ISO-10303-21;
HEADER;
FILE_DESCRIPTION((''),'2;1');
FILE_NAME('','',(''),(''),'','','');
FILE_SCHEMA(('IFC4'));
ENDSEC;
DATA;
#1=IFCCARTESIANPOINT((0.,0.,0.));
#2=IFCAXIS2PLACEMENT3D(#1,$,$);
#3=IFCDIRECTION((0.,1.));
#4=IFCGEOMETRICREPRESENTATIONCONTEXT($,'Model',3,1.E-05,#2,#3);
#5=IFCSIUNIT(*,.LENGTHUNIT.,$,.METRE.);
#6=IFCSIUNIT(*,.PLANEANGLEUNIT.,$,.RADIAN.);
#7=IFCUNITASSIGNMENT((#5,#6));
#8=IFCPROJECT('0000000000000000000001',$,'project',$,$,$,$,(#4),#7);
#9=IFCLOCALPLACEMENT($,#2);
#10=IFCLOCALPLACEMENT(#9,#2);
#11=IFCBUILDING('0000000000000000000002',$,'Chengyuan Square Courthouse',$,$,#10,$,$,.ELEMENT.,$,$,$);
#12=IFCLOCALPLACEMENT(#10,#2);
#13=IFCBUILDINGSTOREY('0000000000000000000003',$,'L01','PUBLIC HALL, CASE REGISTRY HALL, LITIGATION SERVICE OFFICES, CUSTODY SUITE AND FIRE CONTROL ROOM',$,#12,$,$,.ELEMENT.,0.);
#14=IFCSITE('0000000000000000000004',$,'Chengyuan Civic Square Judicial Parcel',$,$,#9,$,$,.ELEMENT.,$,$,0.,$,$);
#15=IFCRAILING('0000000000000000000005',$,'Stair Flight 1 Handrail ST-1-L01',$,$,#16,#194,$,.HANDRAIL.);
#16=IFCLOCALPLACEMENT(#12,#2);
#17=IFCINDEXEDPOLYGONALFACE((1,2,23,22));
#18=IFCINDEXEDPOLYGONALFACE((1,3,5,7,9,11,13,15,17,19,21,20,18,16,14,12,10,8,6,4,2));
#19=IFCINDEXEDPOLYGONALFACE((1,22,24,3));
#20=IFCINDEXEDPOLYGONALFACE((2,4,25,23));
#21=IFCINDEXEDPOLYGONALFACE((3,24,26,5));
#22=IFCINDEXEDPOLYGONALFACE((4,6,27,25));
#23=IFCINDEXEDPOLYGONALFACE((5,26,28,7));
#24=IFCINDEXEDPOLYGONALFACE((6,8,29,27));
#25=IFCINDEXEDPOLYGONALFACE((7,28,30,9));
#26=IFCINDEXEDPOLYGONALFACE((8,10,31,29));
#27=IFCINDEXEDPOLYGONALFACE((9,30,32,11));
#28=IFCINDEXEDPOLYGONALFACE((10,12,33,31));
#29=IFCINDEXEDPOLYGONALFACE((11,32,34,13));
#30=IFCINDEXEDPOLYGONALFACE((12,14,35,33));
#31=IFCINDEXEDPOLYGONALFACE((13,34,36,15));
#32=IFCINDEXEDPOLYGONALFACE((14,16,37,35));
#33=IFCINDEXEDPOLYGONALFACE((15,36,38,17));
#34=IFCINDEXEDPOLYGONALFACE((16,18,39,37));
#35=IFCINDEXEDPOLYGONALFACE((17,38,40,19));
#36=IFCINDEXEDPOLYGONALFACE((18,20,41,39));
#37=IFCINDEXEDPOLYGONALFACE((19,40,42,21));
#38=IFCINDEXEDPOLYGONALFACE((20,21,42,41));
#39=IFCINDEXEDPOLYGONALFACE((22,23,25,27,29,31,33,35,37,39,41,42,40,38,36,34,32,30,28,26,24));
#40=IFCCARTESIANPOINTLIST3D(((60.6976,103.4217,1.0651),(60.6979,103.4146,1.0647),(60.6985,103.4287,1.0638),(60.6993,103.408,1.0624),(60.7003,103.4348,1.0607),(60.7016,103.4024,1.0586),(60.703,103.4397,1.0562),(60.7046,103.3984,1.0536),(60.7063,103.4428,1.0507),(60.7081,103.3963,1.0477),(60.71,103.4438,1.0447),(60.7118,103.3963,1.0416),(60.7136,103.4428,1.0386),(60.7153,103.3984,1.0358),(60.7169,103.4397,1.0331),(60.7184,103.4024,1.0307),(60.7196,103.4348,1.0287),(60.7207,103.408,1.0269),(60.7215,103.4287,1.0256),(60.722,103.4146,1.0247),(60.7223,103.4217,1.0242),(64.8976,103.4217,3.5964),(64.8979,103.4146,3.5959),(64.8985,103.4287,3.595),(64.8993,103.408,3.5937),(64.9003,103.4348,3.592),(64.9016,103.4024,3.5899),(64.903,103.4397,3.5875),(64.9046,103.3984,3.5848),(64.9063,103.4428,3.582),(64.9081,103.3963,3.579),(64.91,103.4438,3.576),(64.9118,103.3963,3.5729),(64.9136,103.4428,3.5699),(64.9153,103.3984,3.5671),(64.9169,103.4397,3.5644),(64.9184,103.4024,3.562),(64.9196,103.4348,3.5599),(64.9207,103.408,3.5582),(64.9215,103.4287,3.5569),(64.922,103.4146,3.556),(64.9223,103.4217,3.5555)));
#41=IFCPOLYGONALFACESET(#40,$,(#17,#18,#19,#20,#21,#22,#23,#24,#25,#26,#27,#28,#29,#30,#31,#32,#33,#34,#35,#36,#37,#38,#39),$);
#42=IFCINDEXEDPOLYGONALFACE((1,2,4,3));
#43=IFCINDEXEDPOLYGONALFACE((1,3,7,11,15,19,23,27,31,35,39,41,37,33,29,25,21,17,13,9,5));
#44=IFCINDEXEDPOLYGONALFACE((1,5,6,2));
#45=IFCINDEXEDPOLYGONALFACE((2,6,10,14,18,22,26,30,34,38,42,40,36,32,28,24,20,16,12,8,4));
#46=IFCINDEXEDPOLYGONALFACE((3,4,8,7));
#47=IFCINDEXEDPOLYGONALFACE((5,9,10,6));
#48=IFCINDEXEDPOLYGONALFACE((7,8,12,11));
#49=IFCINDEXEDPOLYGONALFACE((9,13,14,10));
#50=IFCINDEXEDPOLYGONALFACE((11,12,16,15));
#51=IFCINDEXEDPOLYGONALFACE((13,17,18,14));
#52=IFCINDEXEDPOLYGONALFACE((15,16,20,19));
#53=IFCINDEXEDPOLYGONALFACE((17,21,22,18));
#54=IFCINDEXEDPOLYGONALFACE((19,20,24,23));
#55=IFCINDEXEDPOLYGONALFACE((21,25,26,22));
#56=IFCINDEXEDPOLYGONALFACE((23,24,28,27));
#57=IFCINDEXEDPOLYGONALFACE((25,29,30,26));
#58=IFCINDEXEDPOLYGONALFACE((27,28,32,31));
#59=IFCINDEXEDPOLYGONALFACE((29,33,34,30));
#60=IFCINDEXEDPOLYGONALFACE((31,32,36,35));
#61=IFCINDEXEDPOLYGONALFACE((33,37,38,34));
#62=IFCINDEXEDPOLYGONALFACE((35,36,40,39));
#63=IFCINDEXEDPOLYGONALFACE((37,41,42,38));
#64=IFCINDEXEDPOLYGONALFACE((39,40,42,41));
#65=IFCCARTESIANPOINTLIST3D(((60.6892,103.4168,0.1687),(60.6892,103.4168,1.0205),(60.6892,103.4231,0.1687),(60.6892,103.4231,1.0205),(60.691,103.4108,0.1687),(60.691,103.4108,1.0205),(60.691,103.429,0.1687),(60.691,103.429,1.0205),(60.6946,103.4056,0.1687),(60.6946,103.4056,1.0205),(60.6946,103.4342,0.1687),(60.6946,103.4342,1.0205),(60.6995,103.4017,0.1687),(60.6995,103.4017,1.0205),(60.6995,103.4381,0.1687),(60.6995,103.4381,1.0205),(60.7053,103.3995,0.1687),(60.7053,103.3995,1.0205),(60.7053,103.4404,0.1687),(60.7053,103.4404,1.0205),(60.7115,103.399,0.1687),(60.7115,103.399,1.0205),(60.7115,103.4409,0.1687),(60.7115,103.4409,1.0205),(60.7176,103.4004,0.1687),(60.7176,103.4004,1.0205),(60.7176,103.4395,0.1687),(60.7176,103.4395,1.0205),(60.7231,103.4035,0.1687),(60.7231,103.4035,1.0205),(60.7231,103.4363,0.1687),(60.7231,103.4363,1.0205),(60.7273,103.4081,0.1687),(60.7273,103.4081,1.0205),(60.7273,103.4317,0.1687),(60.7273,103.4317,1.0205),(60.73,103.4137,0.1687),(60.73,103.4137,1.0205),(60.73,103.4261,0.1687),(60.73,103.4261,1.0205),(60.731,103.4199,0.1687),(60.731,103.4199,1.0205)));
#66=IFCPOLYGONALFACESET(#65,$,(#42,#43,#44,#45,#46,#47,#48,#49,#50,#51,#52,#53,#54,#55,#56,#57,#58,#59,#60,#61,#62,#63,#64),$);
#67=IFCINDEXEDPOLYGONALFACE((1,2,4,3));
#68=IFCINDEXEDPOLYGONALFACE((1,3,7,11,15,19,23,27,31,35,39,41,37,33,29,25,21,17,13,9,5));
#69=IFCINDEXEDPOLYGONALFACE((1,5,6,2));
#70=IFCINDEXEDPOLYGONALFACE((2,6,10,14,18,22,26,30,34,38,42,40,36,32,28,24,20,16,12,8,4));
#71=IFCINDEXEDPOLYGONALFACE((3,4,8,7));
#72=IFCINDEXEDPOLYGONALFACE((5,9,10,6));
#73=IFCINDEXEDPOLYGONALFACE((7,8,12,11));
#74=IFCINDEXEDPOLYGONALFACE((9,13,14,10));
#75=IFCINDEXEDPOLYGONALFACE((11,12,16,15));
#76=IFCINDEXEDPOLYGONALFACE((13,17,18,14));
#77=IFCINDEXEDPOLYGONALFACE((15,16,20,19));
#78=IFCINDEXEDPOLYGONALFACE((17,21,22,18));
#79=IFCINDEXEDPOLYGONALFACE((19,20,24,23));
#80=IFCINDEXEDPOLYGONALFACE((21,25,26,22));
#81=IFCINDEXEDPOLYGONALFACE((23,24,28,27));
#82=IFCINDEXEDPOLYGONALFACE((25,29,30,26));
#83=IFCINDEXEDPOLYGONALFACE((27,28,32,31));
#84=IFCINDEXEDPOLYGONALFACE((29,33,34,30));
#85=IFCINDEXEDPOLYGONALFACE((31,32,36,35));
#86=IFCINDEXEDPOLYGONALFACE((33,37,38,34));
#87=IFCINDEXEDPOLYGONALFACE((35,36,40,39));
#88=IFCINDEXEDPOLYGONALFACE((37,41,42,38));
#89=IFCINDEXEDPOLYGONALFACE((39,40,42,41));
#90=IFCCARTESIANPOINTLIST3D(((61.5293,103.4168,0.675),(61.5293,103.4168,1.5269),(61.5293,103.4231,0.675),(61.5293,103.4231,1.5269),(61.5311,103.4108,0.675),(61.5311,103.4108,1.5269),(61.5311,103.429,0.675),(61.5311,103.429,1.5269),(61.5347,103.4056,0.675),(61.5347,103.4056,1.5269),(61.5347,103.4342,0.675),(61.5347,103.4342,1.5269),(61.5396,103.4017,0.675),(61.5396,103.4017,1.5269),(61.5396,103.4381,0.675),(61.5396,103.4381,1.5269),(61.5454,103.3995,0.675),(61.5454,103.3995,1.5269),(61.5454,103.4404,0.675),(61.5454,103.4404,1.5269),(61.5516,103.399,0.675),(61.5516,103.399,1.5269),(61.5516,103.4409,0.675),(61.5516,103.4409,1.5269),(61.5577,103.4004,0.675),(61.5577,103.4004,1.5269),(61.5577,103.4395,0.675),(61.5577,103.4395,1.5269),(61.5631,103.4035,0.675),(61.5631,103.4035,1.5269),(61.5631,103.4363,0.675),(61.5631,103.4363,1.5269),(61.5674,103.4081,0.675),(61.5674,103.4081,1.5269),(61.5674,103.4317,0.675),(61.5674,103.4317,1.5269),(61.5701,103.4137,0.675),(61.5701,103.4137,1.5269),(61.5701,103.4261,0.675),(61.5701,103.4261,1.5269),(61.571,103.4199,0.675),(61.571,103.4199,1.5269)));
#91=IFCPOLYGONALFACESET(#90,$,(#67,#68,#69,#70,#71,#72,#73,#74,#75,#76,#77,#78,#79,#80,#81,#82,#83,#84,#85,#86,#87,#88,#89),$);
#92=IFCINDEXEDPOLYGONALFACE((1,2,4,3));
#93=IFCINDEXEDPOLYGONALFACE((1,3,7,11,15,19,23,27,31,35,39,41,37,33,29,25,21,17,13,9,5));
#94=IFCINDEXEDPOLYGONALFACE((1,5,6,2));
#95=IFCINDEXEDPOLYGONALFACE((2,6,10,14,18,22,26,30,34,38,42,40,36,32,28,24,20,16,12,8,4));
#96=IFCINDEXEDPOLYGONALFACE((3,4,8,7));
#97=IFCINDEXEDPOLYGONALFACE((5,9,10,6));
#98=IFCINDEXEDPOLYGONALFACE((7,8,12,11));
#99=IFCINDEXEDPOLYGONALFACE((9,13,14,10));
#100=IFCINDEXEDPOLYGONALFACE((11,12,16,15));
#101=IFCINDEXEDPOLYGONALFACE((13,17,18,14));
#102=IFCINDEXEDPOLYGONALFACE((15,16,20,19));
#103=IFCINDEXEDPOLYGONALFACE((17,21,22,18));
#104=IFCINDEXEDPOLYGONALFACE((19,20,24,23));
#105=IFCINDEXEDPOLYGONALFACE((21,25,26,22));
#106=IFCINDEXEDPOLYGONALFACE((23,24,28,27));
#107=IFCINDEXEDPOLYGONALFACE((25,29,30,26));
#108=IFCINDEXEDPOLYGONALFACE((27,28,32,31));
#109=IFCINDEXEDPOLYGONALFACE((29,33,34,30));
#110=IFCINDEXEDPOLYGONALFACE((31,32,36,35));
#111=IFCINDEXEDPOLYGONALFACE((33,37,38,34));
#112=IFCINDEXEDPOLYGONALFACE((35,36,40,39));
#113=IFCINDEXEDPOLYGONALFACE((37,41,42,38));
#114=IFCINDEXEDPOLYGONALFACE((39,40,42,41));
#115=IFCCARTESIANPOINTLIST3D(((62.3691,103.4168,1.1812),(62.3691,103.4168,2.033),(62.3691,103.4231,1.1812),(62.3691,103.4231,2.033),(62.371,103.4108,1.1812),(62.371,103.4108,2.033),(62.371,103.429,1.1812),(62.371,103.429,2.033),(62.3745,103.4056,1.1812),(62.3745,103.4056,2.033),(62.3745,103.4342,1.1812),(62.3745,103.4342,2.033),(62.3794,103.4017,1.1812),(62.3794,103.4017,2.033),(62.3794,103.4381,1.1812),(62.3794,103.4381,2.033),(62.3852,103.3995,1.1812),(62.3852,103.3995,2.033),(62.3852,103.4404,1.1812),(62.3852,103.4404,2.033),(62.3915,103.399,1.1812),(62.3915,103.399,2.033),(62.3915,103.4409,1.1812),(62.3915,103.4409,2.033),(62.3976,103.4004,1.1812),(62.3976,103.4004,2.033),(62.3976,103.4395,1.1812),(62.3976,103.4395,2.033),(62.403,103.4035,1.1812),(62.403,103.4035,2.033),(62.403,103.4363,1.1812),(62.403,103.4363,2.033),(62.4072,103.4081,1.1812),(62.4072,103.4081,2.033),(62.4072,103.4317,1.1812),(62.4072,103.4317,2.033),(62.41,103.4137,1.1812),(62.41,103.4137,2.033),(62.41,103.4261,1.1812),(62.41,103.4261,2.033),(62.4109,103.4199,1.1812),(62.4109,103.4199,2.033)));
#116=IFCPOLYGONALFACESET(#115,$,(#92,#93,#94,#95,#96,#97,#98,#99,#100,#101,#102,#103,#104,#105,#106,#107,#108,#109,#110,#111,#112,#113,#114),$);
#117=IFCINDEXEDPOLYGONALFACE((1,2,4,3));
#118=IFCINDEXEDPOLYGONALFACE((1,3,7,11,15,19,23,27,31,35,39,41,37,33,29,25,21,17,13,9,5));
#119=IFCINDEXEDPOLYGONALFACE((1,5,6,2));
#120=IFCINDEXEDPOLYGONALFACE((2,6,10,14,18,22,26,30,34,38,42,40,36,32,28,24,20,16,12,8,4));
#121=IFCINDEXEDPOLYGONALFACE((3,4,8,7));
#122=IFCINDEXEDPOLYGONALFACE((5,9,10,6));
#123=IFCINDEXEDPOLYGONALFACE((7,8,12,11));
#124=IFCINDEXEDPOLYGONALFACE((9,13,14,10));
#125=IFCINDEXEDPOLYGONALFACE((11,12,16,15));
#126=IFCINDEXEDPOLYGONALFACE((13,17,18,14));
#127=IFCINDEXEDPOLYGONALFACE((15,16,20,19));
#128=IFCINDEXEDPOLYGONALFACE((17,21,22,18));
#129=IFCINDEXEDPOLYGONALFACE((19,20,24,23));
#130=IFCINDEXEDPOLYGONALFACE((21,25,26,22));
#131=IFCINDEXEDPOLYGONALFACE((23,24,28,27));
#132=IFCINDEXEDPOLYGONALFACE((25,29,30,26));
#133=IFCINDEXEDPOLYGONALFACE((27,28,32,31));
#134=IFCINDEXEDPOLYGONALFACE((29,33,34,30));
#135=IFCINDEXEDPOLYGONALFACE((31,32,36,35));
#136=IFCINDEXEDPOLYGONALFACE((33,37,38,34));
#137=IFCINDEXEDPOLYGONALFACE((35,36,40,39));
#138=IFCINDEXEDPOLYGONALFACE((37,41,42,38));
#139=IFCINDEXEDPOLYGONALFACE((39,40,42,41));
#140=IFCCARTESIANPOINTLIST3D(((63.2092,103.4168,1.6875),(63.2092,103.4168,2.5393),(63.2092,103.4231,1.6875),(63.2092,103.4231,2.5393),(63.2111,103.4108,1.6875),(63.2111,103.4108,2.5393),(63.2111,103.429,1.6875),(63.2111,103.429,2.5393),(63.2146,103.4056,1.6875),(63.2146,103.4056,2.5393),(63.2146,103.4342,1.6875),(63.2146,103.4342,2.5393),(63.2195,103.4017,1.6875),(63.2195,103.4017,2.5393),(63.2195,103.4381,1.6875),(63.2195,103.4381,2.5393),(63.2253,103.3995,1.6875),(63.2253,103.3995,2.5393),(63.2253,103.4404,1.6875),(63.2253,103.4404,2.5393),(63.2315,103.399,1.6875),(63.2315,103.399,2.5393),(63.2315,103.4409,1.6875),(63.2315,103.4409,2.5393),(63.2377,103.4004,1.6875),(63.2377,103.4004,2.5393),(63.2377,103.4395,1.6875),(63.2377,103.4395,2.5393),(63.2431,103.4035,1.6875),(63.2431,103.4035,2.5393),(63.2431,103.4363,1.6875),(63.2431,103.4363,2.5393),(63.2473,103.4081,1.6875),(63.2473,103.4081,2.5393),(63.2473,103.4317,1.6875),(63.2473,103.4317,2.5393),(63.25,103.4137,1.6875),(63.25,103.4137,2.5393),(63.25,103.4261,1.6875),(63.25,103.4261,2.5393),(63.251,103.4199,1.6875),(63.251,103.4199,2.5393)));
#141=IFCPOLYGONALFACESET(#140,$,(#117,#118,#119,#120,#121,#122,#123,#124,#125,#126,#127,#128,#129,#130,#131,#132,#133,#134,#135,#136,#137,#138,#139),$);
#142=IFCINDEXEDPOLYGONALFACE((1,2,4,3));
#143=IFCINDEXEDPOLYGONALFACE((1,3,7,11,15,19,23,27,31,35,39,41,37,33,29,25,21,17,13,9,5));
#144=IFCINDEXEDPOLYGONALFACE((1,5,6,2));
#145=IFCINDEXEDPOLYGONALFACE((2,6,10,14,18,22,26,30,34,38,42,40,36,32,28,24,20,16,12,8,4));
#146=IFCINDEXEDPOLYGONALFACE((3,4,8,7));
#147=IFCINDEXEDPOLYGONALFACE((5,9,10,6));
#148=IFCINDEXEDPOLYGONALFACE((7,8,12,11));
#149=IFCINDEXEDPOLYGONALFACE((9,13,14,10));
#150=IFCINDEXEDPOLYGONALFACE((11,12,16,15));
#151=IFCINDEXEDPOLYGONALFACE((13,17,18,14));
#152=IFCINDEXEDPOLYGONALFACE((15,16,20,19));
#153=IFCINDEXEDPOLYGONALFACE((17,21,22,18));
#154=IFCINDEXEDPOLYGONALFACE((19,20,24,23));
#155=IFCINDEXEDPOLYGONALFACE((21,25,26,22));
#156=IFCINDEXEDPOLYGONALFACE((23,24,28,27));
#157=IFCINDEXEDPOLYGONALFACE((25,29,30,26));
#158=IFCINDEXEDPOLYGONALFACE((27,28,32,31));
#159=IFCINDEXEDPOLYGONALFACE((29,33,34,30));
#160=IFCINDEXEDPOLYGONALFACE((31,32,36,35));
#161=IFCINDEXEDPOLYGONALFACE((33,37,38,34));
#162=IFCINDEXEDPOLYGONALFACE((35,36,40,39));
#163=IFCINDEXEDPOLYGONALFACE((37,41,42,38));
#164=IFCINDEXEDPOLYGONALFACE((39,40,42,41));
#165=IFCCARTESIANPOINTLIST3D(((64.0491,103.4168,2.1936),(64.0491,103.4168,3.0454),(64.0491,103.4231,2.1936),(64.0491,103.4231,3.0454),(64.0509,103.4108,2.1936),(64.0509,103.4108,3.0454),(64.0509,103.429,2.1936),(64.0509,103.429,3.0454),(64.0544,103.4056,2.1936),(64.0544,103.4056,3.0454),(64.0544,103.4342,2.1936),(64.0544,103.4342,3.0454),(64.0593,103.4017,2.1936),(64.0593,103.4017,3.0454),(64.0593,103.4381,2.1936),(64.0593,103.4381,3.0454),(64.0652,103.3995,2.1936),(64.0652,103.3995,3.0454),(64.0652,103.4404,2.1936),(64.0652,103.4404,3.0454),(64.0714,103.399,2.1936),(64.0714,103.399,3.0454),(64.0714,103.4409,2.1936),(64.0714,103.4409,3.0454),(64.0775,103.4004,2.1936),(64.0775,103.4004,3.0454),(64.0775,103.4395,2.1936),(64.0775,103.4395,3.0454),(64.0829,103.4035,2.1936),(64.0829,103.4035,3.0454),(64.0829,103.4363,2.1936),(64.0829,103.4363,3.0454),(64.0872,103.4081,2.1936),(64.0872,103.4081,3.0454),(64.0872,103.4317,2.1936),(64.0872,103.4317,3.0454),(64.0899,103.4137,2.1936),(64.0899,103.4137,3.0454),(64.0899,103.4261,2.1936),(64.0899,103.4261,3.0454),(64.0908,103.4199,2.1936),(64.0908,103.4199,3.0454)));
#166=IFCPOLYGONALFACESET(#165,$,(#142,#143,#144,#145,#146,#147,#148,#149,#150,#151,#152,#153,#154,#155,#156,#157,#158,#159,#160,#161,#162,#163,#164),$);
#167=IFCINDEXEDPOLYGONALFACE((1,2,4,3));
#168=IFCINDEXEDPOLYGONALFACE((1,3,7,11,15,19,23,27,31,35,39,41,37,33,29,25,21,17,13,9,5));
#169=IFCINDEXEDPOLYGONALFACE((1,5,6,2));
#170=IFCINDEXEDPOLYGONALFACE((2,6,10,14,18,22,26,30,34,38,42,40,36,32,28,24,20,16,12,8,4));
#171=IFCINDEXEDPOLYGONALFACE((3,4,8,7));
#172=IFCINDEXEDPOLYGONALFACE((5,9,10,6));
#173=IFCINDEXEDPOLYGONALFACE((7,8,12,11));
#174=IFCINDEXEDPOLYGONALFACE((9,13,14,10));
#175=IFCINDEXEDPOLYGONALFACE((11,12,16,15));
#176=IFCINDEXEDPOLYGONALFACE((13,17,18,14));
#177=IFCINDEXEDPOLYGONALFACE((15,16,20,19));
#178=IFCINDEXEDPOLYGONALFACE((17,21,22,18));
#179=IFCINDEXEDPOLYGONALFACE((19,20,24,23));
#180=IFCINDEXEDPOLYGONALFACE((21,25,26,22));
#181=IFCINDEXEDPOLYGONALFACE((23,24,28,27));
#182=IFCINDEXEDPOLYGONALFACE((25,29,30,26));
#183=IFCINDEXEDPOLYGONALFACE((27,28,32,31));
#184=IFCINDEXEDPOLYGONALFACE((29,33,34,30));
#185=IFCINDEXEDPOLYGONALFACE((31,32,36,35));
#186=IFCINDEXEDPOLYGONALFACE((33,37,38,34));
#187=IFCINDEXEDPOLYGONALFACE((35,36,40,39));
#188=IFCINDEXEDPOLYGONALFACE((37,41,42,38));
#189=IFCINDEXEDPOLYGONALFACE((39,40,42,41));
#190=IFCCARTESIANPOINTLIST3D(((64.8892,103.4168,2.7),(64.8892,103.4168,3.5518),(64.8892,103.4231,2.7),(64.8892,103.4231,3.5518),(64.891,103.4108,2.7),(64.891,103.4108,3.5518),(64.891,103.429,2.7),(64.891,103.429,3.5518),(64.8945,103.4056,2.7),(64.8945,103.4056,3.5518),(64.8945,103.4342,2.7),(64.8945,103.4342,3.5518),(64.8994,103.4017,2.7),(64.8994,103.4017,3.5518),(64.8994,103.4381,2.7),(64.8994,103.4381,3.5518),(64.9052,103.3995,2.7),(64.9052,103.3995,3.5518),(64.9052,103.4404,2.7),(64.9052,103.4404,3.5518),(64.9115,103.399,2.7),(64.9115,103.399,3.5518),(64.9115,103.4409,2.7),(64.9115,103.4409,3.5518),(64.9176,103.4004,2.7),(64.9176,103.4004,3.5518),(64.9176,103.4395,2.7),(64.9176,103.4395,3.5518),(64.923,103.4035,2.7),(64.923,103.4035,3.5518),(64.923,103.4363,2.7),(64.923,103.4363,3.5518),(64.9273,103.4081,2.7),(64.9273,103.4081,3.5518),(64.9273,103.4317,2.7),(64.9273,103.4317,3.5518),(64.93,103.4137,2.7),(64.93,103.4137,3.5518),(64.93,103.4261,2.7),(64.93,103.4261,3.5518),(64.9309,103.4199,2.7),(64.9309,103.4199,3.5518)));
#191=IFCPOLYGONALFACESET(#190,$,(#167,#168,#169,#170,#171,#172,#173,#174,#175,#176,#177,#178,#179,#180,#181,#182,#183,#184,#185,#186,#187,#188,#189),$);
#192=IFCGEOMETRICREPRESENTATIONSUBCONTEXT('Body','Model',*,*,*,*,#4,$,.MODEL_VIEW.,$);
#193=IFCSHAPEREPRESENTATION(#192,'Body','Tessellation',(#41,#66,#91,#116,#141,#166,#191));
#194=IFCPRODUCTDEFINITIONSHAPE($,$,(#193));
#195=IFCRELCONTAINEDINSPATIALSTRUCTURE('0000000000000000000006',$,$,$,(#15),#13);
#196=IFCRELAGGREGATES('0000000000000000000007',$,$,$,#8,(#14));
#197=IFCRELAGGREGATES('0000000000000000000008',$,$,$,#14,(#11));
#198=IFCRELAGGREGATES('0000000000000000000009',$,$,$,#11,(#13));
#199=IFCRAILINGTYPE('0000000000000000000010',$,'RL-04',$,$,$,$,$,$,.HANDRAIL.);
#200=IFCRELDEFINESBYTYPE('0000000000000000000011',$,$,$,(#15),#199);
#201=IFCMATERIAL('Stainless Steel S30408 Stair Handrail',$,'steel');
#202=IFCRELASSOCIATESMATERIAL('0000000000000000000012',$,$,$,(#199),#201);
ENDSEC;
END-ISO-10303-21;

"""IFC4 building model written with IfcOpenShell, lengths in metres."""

from ifc_helpers import new_model, si_unit, direction, frame, origin, origin_2d, place, context, subcontext, project, spatial, circle, extrude, material, type_object, element, save


model = new_model("IFC4")

# Units and contexts
model_context = context("Model", 3, precision=1e-05, world=origin(), true_north=direction((0.0, 1.0)))
body_context = subcontext(model_context, "Body", "Model", "MODEL_VIEW")
ifc_project = project(units=[si_unit("LENGTHUNIT", "METRE"), si_unit("PLANEANGLEUNIT", "RADIAN")], contexts=[model_context])

# Site, building, storey
site_placement = place(None, origin())
site = spatial("IfcSite", under=ifc_project, at=site_placement, Name="Chengyuan Civic Square Judicial Parcel", CompositionType="ELEMENT", RefElevation=0.0)
building_placement = place(site_placement, origin())
building = spatial("IfcBuilding", under=site, at=building_placement, Name="Chengyuan Square Courthouse", CompositionType="ELEMENT")
storey_placement = place(building_placement, origin())
storey = spatial("IfcBuildingStorey", under=building, at=storey_placement, Name="L01", Description="PUBLIC HALL, CASE REGISTRY HALL, LITIGATION SERVICE OFFICES, CUSTODY SUITE AND FIRE CONTROL ROOM", CompositionType="ELEMENT", Elevation=0.0)

# Railing
ifc_material_1 = material(Name="Stainless Steel S30408 Stair Handrail", Category="steel")
railing_type = type_object("IfcRailingType", Name="RL-04", PredefinedType="HANDRAIL", material=ifc_material_1)
railing_placement = place(storey_placement, frame((60.71, 103.4199, 0.1687)))
element("IfcRailing", 1, at=railing_placement, inside=storey, type_object=railing_type, Name="Stair Flight 1 Handrail ST-1-L01", PredefinedType="HANDRAIL", context=body_context, shape_type="SweptSolid", body=[
    extrude(circle(Radius=0.0239, at=origin_2d()), frame((0.0, 0.0, 0.876), z_axis=(0.856476, 0.0, 0.516186), x_axis=(0.0, 1.0, 0.0)), (0.0, 0.0, 1.0), 4.9038),
    extrude(circle(Radius=0.021, at=origin_2d()), origin(), (0.0, 0.0, 1.0), 0.8518),
    extrude(circle(Radius=0.021, at=origin_2d()), frame((0.8401, 0.0, 0.5063)), (0.0, 0.0, 1.0), 0.8518),
    extrude(circle(Radius=0.021, at=origin_2d()), frame((1.6799, 0.0, 1.0125)), (0.0, 0.0, 1.0), 0.8518),
    extrude(circle(Radius=0.021, at=origin_2d()), frame((2.52, 0.0, 1.5188)), (0.0, 0.0, 1.0), 0.8518),
    extrude(circle(Radius=0.021, at=origin_2d()), frame((3.3599, 0.0, 2.0249)), (0.0, 0.0, 1.0), 0.8518),
    extrude(circle(Radius=0.021, at=origin_2d()), frame((4.2, 0.0, 2.5312)), (0.0, 0.0, 1.0), 0.8518),
])

save(model, "model.ifc")
